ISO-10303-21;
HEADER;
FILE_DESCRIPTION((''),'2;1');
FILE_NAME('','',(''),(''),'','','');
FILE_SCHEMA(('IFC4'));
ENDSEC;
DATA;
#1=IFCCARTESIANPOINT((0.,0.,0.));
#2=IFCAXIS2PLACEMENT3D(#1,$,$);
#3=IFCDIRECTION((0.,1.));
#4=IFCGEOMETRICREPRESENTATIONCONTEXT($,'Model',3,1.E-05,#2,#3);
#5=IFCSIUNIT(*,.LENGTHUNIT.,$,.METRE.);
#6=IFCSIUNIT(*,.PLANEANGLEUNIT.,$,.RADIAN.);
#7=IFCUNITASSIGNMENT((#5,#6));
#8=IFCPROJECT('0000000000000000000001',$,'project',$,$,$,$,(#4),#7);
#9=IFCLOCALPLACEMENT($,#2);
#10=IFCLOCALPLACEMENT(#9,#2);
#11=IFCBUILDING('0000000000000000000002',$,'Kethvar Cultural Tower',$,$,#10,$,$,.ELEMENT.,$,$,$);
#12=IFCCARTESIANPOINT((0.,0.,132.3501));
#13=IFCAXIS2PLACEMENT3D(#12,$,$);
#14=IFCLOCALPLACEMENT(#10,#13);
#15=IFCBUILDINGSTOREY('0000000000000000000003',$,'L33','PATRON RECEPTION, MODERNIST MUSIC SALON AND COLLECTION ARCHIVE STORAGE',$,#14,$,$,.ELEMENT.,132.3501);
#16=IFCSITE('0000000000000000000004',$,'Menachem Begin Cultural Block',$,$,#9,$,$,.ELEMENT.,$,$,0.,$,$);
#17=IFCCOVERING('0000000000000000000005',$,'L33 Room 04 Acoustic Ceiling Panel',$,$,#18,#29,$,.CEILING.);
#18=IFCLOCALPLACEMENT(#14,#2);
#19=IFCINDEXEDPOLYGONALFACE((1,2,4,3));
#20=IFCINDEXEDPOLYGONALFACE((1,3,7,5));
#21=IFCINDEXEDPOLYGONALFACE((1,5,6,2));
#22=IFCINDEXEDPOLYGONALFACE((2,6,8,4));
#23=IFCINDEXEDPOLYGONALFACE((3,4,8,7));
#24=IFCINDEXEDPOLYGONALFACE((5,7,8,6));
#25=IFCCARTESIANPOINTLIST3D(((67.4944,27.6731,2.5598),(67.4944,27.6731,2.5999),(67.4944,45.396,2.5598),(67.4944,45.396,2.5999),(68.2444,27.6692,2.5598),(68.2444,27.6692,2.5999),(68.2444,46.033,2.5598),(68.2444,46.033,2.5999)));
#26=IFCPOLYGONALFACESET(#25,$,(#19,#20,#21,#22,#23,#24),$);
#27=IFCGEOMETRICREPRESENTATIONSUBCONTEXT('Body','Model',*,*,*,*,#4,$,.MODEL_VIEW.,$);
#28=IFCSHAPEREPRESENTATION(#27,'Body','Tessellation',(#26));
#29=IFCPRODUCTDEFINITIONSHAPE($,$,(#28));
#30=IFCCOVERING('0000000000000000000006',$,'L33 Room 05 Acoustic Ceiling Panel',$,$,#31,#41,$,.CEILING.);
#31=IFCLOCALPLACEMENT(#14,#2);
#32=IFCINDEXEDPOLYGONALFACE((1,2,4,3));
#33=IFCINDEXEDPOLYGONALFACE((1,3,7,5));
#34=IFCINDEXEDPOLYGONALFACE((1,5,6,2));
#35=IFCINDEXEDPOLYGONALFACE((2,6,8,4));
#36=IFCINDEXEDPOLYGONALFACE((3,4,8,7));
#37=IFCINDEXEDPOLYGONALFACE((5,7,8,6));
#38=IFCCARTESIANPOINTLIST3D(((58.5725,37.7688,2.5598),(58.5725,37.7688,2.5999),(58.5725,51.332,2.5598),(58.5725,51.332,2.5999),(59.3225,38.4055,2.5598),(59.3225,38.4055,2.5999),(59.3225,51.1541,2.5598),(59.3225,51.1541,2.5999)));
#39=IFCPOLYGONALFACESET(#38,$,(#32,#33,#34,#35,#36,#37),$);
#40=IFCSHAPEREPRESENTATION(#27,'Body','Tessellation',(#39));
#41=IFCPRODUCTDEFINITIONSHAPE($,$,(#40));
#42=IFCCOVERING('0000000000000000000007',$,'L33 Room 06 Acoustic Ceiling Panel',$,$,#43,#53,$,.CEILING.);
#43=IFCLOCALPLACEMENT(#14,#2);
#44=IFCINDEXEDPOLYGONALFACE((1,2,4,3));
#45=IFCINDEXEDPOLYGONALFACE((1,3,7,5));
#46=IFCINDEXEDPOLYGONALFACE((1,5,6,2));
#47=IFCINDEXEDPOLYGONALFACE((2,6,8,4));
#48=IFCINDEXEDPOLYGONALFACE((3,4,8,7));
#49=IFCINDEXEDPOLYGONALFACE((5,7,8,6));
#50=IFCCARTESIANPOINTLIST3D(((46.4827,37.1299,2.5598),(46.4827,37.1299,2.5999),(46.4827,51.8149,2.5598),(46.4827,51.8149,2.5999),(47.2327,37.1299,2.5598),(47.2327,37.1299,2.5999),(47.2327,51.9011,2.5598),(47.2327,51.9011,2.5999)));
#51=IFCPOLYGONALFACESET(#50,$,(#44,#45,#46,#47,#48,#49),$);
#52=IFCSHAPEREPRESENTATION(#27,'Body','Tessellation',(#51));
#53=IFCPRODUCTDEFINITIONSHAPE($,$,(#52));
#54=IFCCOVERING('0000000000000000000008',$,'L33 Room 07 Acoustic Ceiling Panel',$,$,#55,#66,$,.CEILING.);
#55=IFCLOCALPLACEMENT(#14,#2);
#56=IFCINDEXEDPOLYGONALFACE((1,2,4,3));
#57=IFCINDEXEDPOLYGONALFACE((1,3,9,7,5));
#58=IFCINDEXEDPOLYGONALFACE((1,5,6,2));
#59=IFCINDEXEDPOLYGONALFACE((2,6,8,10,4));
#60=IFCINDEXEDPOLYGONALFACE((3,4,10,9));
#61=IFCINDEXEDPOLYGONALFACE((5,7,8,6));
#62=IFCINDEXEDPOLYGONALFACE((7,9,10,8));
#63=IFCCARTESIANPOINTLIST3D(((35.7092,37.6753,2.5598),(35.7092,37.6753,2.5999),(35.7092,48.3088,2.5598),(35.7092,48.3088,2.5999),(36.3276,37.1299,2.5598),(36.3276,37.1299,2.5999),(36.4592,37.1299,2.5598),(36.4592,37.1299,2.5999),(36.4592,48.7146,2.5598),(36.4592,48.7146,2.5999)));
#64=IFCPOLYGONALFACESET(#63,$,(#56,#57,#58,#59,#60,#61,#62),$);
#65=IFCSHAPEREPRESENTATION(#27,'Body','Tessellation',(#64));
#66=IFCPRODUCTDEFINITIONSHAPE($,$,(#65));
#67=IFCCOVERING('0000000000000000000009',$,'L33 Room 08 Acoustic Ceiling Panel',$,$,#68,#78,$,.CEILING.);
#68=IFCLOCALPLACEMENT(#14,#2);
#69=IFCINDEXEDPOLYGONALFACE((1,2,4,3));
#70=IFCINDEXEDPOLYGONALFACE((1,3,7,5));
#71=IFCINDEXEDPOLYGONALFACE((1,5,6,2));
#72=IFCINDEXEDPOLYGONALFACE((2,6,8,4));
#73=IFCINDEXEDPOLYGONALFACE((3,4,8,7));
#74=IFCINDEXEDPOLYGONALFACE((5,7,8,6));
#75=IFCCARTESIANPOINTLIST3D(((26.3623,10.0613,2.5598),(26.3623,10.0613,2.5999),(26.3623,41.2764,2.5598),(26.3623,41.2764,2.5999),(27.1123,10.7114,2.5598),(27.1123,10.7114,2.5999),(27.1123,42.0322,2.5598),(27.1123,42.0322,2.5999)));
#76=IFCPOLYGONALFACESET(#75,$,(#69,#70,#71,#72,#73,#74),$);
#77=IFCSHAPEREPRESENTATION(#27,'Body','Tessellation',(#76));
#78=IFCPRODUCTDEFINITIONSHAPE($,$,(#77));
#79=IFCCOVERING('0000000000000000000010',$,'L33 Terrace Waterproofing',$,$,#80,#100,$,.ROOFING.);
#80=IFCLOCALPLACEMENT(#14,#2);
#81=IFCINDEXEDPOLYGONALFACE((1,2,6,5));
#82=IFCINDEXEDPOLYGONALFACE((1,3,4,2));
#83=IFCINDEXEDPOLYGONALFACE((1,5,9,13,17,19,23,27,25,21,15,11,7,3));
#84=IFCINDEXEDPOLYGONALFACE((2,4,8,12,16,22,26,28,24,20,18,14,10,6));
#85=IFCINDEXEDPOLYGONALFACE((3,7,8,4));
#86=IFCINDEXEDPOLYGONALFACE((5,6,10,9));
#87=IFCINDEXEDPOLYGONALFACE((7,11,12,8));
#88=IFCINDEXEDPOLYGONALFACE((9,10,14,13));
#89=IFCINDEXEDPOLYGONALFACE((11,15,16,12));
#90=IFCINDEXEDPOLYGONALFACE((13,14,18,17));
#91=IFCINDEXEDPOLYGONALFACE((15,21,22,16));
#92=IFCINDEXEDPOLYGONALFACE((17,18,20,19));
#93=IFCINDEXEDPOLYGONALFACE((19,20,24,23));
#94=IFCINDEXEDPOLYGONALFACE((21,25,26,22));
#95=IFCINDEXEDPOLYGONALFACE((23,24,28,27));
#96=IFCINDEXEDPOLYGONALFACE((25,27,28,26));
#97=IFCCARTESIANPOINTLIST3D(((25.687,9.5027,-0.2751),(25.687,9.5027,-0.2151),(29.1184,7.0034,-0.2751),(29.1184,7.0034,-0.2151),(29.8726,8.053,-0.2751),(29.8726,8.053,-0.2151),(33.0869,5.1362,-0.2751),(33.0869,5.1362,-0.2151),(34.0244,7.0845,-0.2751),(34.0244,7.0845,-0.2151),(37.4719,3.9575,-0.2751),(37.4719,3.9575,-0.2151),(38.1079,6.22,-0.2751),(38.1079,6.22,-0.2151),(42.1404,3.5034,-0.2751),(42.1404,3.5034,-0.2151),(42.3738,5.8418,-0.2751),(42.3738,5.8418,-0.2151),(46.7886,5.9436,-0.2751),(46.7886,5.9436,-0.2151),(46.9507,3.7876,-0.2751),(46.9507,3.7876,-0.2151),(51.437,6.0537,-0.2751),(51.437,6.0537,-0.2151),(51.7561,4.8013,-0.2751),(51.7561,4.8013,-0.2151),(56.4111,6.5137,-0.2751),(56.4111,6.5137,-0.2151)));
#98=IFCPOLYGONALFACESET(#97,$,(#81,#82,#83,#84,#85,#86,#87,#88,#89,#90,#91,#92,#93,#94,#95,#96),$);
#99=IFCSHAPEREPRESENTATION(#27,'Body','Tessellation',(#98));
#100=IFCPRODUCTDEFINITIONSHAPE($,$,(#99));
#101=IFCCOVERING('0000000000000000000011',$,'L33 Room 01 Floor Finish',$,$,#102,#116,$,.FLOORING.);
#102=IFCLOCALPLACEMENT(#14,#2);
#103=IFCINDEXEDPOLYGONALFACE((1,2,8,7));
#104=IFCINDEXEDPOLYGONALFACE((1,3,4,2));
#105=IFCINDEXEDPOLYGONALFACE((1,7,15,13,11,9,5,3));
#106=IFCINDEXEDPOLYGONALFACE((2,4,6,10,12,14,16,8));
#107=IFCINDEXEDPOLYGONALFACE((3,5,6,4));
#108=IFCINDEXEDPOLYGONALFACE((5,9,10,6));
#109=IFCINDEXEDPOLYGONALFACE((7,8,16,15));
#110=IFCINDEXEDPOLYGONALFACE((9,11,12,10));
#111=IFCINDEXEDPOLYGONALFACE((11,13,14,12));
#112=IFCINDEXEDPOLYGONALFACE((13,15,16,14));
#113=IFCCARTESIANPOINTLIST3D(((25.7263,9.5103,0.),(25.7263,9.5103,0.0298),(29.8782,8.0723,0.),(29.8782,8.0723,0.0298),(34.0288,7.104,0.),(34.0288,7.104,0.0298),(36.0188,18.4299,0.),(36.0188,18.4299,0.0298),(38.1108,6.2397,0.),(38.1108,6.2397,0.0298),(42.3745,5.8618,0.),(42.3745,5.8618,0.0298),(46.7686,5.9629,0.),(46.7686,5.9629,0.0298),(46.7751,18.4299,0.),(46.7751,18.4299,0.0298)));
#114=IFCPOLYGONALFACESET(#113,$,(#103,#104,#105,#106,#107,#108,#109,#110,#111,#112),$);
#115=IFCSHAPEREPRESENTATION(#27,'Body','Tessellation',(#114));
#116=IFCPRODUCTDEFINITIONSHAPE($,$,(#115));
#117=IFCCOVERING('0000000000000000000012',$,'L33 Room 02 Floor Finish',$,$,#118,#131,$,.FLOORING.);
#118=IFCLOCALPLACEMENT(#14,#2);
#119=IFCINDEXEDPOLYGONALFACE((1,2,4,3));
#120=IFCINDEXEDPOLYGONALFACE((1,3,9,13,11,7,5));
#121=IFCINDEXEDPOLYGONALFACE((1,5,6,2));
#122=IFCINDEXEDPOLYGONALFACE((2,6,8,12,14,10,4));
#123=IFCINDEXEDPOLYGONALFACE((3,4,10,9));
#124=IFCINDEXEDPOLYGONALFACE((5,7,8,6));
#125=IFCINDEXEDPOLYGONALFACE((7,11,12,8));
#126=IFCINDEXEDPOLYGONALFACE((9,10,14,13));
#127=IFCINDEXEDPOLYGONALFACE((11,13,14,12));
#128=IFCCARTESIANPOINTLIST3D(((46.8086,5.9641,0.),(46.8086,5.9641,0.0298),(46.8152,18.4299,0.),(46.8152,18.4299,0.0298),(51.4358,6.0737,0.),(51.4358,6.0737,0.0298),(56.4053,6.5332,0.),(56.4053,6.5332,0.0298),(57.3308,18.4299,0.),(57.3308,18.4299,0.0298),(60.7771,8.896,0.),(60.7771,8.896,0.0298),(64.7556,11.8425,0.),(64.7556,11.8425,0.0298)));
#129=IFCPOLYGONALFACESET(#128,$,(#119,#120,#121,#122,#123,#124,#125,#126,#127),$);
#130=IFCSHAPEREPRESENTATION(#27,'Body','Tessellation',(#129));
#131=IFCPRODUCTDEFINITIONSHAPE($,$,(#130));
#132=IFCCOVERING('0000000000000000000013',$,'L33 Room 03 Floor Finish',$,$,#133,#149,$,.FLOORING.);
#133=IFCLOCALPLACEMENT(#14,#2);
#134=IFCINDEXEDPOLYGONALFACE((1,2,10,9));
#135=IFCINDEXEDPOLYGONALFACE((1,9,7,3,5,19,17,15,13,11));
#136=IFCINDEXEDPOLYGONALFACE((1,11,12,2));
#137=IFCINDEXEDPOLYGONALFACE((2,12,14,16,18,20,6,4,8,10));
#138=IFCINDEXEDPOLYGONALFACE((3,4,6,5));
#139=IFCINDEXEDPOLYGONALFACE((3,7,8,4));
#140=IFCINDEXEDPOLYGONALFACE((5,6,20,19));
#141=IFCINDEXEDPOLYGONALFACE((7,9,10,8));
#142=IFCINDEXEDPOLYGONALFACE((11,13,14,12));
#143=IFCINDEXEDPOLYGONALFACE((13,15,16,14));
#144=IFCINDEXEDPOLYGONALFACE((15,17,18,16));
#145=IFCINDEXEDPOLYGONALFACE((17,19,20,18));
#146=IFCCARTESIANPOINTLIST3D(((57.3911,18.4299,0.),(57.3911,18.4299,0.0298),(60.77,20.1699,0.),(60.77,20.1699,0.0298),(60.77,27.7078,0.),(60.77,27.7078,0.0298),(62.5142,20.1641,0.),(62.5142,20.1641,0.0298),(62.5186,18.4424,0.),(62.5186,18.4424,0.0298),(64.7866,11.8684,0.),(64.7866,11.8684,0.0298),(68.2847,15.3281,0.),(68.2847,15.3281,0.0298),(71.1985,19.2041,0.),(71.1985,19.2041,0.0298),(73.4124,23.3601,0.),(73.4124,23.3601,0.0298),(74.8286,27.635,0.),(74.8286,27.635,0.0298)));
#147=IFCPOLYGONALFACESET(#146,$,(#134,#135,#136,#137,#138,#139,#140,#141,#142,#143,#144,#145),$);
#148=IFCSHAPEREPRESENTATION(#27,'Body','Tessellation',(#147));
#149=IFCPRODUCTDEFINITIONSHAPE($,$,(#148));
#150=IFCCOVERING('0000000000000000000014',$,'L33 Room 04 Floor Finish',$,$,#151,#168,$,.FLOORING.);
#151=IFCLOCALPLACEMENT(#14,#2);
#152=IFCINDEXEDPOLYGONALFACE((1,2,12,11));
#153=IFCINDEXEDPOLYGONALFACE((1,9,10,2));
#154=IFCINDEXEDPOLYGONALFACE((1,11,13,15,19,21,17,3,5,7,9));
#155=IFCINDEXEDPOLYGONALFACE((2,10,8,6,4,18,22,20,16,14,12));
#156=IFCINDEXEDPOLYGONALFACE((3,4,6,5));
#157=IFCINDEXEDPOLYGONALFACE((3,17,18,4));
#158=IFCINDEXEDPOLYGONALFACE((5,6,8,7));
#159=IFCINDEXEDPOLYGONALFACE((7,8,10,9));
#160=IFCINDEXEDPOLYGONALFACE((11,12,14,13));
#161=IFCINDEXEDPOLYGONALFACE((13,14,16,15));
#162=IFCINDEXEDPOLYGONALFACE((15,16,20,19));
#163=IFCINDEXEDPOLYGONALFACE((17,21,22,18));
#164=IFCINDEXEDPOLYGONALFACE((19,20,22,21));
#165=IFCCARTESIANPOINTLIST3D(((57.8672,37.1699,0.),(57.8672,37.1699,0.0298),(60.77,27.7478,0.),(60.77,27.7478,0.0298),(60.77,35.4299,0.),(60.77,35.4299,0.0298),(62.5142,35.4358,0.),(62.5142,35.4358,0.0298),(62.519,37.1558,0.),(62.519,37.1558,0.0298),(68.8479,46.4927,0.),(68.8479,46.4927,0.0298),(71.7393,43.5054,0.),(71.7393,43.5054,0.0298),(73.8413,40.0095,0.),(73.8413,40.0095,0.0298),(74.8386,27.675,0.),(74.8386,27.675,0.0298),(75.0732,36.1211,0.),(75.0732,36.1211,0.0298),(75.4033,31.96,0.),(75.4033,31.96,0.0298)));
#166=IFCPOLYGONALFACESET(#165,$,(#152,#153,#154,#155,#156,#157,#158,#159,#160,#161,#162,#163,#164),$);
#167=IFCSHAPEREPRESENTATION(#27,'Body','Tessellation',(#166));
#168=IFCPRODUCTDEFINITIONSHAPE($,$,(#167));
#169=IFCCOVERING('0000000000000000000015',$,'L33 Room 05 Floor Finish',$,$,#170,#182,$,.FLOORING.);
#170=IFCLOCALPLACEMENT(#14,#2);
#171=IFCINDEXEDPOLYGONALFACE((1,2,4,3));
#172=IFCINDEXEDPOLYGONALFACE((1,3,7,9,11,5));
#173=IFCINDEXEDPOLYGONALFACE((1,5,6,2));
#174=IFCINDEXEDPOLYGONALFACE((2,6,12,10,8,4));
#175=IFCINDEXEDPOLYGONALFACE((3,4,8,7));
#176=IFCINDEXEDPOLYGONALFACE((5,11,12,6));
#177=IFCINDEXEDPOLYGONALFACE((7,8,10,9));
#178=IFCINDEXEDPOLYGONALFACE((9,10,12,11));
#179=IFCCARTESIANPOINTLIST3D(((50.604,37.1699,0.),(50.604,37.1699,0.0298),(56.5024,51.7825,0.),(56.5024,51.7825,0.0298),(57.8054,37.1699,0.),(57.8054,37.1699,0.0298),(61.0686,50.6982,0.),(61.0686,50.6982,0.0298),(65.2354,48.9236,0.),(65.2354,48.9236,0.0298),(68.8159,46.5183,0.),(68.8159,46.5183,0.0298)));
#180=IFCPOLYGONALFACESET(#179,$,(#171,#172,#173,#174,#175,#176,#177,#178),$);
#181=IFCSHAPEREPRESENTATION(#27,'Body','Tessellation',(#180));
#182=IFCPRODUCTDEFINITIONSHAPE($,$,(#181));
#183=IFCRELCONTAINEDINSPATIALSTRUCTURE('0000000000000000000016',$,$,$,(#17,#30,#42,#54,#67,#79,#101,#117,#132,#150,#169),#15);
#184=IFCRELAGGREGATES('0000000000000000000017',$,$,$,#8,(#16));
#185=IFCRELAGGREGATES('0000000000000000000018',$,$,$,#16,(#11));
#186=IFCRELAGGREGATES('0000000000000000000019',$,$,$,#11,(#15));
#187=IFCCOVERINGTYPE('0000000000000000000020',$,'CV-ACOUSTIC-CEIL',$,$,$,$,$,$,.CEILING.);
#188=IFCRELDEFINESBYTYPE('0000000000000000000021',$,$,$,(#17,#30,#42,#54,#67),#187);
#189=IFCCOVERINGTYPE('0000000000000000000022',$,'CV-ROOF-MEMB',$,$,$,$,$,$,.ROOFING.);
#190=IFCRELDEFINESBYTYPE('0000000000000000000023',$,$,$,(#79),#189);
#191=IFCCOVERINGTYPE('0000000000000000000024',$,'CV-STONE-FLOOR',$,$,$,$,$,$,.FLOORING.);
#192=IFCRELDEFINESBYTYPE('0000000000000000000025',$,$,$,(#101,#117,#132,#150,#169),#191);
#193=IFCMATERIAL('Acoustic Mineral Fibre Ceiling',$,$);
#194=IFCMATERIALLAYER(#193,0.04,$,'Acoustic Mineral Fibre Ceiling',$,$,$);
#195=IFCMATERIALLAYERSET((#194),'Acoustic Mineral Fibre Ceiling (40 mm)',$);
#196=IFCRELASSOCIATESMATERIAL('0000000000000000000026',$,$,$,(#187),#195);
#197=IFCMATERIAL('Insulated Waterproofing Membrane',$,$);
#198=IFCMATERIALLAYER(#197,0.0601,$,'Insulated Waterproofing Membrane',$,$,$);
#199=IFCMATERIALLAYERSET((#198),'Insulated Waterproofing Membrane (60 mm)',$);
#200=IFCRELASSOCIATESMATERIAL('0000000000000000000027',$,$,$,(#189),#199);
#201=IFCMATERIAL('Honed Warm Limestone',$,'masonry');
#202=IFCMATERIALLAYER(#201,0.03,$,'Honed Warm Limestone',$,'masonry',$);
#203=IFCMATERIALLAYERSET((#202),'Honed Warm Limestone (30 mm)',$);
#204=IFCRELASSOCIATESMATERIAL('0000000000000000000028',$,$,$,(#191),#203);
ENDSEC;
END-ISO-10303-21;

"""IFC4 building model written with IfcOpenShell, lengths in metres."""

from ifc_helpers import new_model, si_unit, direction, frame, origin, place, context, subcontext, project, spatial, polyline, outline, extrude, material, layer, layer_set, type_object, element, save


model = new_model("IFC4")

# Units and contexts
model_context = context("Model", 3, precision=1e-05, world=origin(), true_north=direction((0.0, 1.0)))
body_context = subcontext(model_context, "Body", "Model", "MODEL_VIEW")
ifc_project = project(units=[si_unit("LENGTHUNIT", "METRE"), si_unit("PLANEANGLEUNIT", "RADIAN")], contexts=[model_context])

# Site, building, storey
site_placement = place(None, origin())
site = spatial("IfcSite", under=ifc_project, at=site_placement, Name="Menachem Begin Cultural Block", CompositionType="ELEMENT", RefElevation=0.0)
building_placement = place(site_placement, origin())
building = spatial("IfcBuilding", under=site, at=building_placement, Name="Kethvar Cultural Tower", CompositionType="ELEMENT")
storey_placement = place(building_placement, frame((0.0, 0.0, 132.3501)))
storey = spatial("IfcBuildingStorey", under=building, at=storey_placement, Name="L33", Description="PATRON RECEPTION, MODERNIST MUSIC SALON AND COLLECTION ARCHIVE STORAGE", CompositionType="ELEMENT", Elevation=132.3501)

# Coverings
ifc_material_1 = material(Name="Acoustic Mineral Fibre Ceiling")
ifc_layer_1 = layer(ifc_material_1, 0.04, Name="Acoustic Mineral Fibre Ceiling")
ifc_layer_set_1 = layer_set([ifc_layer_1], Name="Acoustic Mineral Fibre Ceiling (40 mm)")
covering_type_1 = type_object("IfcCoveringType", Name="CV-ACOUSTIC-CEIL", PredefinedType="CEILING", material=ifc_layer_set_1)
covering_1_placement = place(storey_placement, frame((0.0, 0.0, 2.5598)))
element("IfcCovering", 1, at=covering_1_placement, inside=storey, type_object=covering_type_1, Name="L33 Room 04 Acoustic Ceiling Panel", PredefinedType="CEILING", context=body_context, shape_type="SweptSolid", body=[
    extrude(outline(polyline([(67.4944, 27.6731), (67.4944, 45.396), (68.2444, 46.033), (68.2444, 27.6692), (67.4944, 27.6731)])), origin(), (0.0, 0.0, 1.0), 0.04),
])
covering_2_placement = place(storey_placement, frame((0.0, 0.0, 2.5598)))
element("IfcCovering", 2, at=covering_2_placement, inside=storey, type_object=covering_type_1, Name="L33 Room 05 Acoustic Ceiling Panel", PredefinedType="CEILING", context=body_context, shape_type="SweptSolid", body=[
    extrude(outline(polyline([(58.5725, 37.7688), (58.5725, 51.332), (59.3225, 51.1541), (59.3225, 38.4055), (58.5725, 37.7688)])), origin(), (0.0, 0.0, 1.0), 0.04),
])
covering_3_placement = place(storey_placement, frame((0.0, 0.0, 2.5598)))
element("IfcCovering", 3, at=covering_3_placement, inside=storey, type_object=covering_type_1, Name="L33 Room 06 Acoustic Ceiling Panel", PredefinedType="CEILING", context=body_context, shape_type="SweptSolid", body=[
    extrude(outline(polyline([(46.4827, 51.8149), (47.2327, 51.9011), (47.2327, 37.1299), (46.4827, 37.1299), (46.4827, 51.8149)])), origin(), (0.0, 0.0, 1.0), 0.04),
])
covering_4_placement = place(storey_placement, frame((0.0, 0.0, 2.5598)))
element("IfcCovering", 4, at=covering_4_placement, inside=storey, type_object=covering_type_1, Name="L33 Room 07 Acoustic Ceiling Panel", PredefinedType="CEILING", context=body_context, shape_type="SweptSolid", body=[
    extrude(outline(polyline([(36.4592, 48.7146), (36.4592, 37.1299), (36.3276, 37.1299), (35.7092, 37.6753), (35.7092, 48.3088), (36.4592, 48.7146)])), origin(), (0.0, 0.0, 1.0), 0.04),
])
covering_5_placement = place(storey_placement, frame((0.0, 0.0, 2.5598)))
element("IfcCovering", 5, at=covering_5_placement, inside=storey, type_object=covering_type_1, Name="L33 Room 08 Acoustic Ceiling Panel", PredefinedType="CEILING", context=body_context, shape_type="SweptSolid", body=[
    extrude(outline(polyline([(27.1123, 42.0322), (27.1123, 10.7114), (26.3623, 10.0613), (26.3623, 41.2764), (27.1123, 42.0322)])), origin(), (0.0, 0.0, 1.0), 0.04),
])
ifc_material_2 = material(Name="Insulated Waterproofing Membrane")
ifc_layer_2 = layer(ifc_material_2, 0.0601, Name="Insulated Waterproofing Membrane")
ifc_layer_set_2 = layer_set([ifc_layer_2], Name="Insulated Waterproofing Membrane (60 mm)")
covering_type_2 = type_object("IfcCoveringType", Name="CV-ROOF-MEMB", PredefinedType="ROOFING", material=ifc_layer_set_2)
covering_6_placement = place(storey_placement, frame((0.0, 0.0, -0.2751)))
element("IfcCovering", 6, at=covering_6_placement, inside=storey, type_object=covering_type_2, Name="L33 Terrace Waterproofing", PredefinedType="ROOFING", context=body_context, shape_type="SweptSolid", body=[
    extrude(outline(polyline([(25.687, 9.5027), (29.1184, 7.0034), (33.0869, 5.1362), (37.4719, 3.9575), (42.1404, 3.5034), (46.9507, 3.7876), (51.7561, 4.8013), (56.4111, 6.5137), (51.437, 6.0537), (46.7886, 5.9436), (42.3738, 5.8418), (38.1079, 6.22), (34.0244, 7.0845), (29.8726, 8.053), (25.687, 9.5027)])), origin(), (0.0, 0.0, 1.0), 0.0601),
])
ifc_material_3 = material(Name="Honed Warm Limestone", Category="masonry")
ifc_layer_3 = layer(ifc_material_3, 0.03, Name="Honed Warm Limestone", Category="masonry")
ifc_layer_set_3 = layer_set([ifc_layer_3], Name="Honed Warm Limestone (30 mm)")
covering_type_3 = type_object("IfcCoveringType", Name="CV-STONE-FLOOR", PredefinedType="FLOORING", material=ifc_layer_set_3)
covering_7_placement = place(storey_placement, origin())
element("IfcCovering", 7, at=covering_7_placement, inside=storey, type_object=covering_type_3, Name="L33 Room 01 Floor Finish", PredefinedType="FLOORING", context=body_context, shape_type="SweptSolid", body=[
    extrude(outline(polyline([(42.3745, 5.8618), (38.1108, 6.2397), (34.0288, 7.104), (29.8782, 8.0723), (25.7263, 9.5103), (36.0188, 18.4299), (46.7751, 18.4299), (46.7686, 5.9629), (42.3745, 5.8618)])), origin(), (0.0, 0.0, 1.0), 0.0298),
])
covering_8_placement = place(storey_placement, origin())
element("IfcCovering", 8, at=covering_8_placement, inside=storey, type_object=covering_type_3, Name="L33 Room 02 Floor Finish", PredefinedType="FLOORING", context=body_context, shape_type="SweptSolid", body=[
    extrude(outline(polyline([(64.7556, 11.8425), (60.7771, 8.896), (56.4053, 6.5332), (51.4358, 6.0737), (46.8086, 5.9641), (46.8152, 18.4299), (57.3308, 18.4299), (64.7556, 11.8425)])), origin(), (0.0, 0.0, 1.0), 0.0298),
])
covering_9_placement = place(storey_placement, origin())
element("IfcCovering", 9, at=covering_9_placement, inside=storey, type_object=covering_type_3, Name="L33 Room 03 Floor Finish", PredefinedType="FLOORING", context=body_context, shape_type="SweptSolid", body=[
    extrude(outline(polyline([(73.4124, 23.3601), (71.1985, 19.2041), (68.2847, 15.3281), (64.7866, 11.8684), (57.3911, 18.4299), (62.5186, 18.4424), (62.5142, 20.1641), (60.77, 20.1699), (60.77, 27.7078), (74.8286, 27.635), (73.4124, 23.3601)])), origin(), (0.0, 0.0, 1.0), 0.0298),
])
covering_10_placement = place(storey_placement, origin())
element("IfcCovering", 10, at=covering_10_placement, inside=storey, type_object=covering_type_3, Name="L33 Room 04 Floor Finish", PredefinedType="FLOORING", context=body_context, shape_type="SweptSolid", body=[
    extrude(outline(polyline([(75.4033, 31.96), (74.8386, 27.675), (60.77, 27.7478), (60.77, 35.4299), (62.5142, 35.4358), (62.519, 37.1558), (57.8672, 37.1699), (68.8479, 46.4927), (71.7393, 43.5054), (73.8413, 40.0095), (75.0732, 36.1211), (75.4033, 31.96)])), origin(), (0.0, 0.0, 1.0), 0.0298),
])
covering_11_placement = place(storey_placement, origin())
element("IfcCovering", 11, at=covering_11_placement, inside=storey, type_object=covering_type_3, Name="L33 Room 05 Floor Finish", PredefinedType="FLOORING", context=body_context, shape_type="SweptSolid", body=[
    extrude(outline(polyline([(61.0686, 50.6982), (65.2354, 48.9236), (68.8159, 46.5183), (57.8054, 37.1699), (50.604, 37.1699), (56.5024, 51.7825), (61.0686, 50.6982)])), origin(), (0.0, 0.0, 1.0), 0.0298),
])

save(model, "model.ifc")
